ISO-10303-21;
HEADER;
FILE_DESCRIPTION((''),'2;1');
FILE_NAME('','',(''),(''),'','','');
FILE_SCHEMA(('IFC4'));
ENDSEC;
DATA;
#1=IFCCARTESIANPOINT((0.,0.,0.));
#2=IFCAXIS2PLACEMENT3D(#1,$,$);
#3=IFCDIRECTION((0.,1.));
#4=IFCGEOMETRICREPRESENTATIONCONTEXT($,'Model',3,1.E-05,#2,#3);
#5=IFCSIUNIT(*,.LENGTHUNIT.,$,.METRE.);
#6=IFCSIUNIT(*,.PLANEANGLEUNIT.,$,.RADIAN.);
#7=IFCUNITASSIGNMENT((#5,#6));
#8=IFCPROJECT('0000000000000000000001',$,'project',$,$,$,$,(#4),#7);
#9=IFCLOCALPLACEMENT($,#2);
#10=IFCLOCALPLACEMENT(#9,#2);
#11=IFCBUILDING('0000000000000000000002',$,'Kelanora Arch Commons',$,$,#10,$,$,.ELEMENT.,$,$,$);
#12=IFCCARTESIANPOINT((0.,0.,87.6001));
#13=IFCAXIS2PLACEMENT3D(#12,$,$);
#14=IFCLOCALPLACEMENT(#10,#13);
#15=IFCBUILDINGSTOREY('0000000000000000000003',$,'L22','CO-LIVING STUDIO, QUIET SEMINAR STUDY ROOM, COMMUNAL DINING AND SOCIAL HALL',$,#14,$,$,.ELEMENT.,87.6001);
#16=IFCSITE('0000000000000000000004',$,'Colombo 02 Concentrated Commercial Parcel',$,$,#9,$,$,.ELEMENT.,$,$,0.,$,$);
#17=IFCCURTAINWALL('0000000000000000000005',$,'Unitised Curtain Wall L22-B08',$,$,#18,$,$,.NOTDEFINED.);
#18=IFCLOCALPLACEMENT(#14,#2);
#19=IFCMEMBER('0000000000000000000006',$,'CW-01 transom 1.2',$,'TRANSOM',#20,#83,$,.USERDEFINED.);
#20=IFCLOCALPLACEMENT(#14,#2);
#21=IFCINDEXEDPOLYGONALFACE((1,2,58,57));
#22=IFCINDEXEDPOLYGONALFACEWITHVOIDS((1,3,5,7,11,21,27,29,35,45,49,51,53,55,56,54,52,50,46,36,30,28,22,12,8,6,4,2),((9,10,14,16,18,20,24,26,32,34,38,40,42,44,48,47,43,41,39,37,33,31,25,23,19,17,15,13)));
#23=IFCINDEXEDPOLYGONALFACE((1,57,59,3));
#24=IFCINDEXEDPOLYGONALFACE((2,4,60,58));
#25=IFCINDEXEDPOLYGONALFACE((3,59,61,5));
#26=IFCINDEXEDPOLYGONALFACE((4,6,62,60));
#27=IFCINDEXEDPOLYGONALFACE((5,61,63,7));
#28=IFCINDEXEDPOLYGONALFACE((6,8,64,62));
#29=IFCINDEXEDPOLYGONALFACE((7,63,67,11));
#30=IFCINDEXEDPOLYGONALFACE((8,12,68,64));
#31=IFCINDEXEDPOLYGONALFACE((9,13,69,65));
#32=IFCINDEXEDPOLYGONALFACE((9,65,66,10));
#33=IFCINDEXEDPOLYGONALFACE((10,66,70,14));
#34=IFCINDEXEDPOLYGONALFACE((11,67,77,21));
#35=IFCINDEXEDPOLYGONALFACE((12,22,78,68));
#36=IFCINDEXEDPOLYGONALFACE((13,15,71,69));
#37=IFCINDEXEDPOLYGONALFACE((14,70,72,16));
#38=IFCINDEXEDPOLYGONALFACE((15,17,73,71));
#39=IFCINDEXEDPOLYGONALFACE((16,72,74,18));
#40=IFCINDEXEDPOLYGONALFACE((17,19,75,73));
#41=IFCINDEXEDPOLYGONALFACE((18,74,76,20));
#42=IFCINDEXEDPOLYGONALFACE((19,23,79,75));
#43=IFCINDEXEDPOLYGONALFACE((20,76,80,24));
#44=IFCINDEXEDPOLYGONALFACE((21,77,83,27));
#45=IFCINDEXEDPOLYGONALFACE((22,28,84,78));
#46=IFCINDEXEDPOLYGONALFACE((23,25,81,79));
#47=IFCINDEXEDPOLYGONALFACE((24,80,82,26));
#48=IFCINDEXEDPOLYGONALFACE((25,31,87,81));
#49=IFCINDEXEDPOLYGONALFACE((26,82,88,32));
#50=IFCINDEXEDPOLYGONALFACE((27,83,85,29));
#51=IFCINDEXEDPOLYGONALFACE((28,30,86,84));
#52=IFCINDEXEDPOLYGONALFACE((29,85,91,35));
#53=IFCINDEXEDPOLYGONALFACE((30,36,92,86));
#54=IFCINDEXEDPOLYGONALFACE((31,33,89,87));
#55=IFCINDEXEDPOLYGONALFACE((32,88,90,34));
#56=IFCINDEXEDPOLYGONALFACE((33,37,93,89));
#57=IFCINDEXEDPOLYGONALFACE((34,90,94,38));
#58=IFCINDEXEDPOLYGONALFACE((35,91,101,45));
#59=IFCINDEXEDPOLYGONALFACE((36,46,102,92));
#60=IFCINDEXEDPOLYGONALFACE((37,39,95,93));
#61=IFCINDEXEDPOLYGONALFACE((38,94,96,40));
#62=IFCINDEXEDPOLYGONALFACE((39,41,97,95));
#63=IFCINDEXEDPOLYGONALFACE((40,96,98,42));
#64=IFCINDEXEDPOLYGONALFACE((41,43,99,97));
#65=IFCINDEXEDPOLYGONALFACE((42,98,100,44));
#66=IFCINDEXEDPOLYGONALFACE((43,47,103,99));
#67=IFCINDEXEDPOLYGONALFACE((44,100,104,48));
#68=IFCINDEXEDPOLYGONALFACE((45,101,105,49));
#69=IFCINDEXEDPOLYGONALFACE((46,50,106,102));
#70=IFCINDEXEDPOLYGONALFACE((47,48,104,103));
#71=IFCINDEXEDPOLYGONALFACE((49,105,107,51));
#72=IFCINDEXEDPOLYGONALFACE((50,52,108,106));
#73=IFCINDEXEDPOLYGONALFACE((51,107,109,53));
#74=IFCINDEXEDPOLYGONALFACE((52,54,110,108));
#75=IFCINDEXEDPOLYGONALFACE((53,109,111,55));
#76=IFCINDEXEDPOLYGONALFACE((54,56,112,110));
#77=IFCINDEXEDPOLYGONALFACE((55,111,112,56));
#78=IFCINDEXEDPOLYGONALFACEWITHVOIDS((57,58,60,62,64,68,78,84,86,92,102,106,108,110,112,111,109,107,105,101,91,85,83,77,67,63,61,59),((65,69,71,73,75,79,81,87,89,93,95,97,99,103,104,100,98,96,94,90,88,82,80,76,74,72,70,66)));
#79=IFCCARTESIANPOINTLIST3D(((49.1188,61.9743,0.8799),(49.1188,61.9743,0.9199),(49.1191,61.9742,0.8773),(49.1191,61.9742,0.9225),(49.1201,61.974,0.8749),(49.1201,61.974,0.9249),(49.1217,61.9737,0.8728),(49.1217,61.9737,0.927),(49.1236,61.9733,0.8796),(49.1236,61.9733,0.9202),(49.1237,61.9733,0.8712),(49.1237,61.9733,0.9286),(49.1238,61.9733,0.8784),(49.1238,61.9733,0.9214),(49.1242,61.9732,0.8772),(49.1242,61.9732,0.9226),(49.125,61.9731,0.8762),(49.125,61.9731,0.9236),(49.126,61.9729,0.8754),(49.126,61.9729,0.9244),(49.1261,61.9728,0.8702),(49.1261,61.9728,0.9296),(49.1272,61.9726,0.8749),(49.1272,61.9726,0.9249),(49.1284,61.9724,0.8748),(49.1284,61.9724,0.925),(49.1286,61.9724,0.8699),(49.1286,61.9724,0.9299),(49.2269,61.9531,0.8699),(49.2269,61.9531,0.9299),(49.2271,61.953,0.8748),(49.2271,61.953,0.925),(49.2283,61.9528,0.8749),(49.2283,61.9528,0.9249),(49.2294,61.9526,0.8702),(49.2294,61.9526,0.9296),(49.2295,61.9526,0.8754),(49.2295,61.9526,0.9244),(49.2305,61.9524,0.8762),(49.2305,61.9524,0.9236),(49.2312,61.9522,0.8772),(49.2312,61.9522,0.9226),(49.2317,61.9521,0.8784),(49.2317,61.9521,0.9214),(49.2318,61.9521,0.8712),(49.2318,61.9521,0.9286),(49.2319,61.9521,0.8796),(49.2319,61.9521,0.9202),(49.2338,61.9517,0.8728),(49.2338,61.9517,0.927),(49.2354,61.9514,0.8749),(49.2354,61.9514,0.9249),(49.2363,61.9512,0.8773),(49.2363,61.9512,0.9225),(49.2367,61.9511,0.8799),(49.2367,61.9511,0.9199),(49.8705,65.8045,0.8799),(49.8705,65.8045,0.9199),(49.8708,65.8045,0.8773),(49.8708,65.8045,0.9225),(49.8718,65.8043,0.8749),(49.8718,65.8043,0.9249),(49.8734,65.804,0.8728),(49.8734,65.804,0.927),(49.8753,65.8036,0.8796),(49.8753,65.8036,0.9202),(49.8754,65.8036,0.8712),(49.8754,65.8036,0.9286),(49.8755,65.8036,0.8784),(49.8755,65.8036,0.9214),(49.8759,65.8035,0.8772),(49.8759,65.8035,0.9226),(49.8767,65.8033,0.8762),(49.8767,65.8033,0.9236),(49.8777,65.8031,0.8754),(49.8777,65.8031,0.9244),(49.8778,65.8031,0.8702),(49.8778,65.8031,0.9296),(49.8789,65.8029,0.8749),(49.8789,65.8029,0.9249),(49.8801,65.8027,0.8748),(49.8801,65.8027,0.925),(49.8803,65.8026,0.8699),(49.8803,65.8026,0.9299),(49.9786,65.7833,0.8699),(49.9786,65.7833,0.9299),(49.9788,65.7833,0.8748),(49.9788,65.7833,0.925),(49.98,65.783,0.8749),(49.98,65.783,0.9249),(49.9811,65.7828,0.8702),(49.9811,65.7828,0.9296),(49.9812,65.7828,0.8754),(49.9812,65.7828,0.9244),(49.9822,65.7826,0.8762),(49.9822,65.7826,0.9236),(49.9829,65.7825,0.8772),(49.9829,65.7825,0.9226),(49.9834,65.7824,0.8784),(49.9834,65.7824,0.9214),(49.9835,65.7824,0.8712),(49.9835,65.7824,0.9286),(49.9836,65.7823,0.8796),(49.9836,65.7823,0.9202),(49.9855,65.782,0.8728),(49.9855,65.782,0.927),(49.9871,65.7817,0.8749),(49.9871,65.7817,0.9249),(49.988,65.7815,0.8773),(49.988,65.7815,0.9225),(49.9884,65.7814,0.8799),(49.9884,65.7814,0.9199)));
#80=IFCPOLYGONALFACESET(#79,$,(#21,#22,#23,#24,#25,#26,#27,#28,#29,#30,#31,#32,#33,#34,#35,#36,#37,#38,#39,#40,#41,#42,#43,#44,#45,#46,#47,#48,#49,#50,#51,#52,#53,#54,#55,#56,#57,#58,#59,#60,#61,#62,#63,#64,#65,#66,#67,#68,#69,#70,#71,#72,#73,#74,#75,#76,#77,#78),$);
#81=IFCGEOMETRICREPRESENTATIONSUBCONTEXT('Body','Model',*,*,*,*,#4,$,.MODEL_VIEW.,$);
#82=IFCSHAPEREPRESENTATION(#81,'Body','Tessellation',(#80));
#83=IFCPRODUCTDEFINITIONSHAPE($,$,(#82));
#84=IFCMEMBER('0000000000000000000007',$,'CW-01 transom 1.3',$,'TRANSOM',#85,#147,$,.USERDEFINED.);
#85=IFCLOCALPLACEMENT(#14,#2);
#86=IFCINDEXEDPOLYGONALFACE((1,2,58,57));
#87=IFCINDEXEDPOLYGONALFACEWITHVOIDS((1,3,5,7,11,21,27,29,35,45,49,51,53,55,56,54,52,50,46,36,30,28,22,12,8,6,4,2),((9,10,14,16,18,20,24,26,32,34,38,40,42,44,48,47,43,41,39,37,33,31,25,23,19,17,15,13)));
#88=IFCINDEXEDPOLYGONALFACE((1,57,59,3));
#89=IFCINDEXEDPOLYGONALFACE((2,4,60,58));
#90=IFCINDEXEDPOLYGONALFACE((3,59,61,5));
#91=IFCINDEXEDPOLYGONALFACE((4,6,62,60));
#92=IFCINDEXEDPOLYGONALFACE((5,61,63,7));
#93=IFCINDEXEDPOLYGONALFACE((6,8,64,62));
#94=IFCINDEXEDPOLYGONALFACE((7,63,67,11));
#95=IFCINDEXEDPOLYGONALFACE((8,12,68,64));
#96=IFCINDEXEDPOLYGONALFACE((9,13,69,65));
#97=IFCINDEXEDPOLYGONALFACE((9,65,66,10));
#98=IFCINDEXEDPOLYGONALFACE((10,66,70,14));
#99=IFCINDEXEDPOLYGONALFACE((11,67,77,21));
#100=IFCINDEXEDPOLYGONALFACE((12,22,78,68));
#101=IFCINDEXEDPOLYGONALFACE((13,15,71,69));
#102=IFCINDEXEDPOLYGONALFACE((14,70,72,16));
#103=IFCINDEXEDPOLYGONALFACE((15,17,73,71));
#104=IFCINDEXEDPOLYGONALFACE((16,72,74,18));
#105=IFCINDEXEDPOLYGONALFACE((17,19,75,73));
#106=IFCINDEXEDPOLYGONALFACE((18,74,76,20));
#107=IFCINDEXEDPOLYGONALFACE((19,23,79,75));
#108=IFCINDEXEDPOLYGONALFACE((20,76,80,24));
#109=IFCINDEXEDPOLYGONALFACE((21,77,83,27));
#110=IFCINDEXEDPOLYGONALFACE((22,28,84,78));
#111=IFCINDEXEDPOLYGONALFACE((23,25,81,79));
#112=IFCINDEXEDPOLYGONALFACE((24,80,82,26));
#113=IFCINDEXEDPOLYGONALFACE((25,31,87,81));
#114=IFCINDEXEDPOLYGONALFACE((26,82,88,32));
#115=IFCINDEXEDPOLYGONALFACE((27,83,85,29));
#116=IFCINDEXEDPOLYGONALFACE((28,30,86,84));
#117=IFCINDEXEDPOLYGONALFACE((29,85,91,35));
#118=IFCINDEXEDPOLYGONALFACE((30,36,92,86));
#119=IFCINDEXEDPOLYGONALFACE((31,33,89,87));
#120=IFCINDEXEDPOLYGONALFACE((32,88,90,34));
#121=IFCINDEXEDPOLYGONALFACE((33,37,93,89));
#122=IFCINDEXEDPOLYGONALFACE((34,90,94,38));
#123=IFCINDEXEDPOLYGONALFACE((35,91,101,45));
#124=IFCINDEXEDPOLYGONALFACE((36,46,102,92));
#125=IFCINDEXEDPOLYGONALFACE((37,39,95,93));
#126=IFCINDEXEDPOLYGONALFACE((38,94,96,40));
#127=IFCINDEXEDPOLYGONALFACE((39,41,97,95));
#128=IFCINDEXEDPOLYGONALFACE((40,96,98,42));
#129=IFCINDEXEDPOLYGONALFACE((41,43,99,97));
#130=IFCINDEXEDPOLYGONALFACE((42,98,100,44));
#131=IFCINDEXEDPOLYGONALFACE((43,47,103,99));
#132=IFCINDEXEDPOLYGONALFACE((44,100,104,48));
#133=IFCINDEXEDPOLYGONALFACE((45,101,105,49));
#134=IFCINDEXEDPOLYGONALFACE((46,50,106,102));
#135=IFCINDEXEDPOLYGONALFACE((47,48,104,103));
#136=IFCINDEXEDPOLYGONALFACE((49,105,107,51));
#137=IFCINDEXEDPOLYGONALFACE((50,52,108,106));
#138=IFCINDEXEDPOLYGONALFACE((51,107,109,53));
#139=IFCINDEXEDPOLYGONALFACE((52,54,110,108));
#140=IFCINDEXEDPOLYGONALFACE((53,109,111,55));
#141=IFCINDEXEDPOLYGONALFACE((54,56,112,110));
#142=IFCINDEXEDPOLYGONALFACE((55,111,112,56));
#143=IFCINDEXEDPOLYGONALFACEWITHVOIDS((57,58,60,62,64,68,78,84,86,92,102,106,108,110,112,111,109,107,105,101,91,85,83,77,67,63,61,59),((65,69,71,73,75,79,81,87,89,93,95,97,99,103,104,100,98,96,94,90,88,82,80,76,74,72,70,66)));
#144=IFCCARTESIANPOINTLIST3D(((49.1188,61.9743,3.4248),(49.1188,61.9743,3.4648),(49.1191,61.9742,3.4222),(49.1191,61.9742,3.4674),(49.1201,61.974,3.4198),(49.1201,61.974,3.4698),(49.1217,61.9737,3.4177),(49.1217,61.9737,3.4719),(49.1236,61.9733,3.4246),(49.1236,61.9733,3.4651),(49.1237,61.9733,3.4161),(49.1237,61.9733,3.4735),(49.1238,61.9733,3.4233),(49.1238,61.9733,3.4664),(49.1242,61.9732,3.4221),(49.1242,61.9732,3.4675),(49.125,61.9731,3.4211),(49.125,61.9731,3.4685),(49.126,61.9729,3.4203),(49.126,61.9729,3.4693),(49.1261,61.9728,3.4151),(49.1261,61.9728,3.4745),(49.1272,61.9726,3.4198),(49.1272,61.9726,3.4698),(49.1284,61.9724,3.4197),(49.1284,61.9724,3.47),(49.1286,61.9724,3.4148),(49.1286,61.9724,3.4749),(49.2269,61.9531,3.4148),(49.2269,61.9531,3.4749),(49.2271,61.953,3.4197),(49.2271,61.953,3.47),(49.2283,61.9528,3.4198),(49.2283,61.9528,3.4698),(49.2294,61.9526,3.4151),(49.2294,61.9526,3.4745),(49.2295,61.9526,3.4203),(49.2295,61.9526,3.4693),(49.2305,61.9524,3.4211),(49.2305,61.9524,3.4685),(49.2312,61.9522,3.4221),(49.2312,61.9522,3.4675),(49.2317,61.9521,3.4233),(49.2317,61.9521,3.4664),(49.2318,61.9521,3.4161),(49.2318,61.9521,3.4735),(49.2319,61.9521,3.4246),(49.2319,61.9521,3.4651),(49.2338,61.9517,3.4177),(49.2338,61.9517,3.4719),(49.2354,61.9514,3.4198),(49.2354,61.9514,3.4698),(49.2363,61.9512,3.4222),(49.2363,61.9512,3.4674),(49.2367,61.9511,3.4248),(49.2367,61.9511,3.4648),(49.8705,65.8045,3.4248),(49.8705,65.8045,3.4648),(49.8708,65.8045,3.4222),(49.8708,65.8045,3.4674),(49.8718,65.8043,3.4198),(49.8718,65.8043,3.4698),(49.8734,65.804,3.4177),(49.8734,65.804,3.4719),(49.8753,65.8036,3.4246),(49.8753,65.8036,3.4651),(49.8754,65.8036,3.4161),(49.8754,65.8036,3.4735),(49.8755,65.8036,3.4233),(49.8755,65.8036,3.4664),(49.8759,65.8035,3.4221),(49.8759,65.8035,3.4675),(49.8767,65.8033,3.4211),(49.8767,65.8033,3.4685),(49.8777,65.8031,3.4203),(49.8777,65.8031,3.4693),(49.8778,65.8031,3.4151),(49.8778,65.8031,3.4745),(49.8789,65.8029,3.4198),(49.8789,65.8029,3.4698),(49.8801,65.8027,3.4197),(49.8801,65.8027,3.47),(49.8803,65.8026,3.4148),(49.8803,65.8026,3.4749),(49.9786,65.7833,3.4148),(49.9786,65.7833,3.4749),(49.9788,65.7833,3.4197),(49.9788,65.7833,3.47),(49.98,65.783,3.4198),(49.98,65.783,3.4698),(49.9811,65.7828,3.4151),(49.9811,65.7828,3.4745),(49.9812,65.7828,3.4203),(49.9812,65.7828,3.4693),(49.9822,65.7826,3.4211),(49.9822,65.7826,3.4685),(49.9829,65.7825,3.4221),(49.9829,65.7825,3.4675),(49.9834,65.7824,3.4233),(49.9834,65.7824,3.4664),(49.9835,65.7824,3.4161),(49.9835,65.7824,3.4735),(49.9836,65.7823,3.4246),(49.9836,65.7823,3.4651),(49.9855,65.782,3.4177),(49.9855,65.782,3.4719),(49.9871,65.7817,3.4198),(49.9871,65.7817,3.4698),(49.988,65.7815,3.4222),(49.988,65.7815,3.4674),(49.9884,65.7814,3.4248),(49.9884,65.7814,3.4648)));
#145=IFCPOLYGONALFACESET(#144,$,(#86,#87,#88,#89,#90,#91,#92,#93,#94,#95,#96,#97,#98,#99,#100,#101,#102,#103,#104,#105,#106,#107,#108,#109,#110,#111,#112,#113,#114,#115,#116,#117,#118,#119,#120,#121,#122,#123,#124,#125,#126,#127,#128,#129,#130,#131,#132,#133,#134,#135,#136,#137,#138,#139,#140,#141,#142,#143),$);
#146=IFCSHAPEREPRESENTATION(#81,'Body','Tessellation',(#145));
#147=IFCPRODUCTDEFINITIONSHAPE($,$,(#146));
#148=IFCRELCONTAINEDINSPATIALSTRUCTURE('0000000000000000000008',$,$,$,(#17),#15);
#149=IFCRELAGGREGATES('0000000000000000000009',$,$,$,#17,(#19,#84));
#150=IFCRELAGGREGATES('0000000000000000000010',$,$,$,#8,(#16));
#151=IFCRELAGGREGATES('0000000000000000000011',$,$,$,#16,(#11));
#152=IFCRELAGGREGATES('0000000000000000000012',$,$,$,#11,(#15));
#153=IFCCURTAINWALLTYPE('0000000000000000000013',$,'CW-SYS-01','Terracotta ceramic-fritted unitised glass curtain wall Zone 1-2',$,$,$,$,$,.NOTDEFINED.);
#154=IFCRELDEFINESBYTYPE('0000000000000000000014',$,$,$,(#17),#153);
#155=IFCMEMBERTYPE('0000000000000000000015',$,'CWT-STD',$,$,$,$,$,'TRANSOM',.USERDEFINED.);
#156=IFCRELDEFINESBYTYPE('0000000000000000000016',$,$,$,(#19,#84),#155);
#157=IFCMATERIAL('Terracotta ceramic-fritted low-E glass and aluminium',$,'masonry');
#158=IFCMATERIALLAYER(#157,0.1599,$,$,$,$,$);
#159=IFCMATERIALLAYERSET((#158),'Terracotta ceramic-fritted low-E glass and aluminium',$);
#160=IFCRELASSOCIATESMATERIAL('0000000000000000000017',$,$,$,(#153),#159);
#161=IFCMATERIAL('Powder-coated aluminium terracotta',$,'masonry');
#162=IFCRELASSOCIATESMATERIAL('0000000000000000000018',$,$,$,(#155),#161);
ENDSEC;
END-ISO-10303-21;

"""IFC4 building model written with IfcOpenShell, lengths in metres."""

from ifc_helpers import new_model, si_unit, direction, frame, origin, origin_2d, place, context, subcontext, project, spatial, hollow_rectangle, extrude, material, layer, layer_set, material_profile, profile_set, type_object, element, aggregate, save


model = new_model("IFC4")

# Units and contexts
model_context = context("Model", 3, precision=1e-05, world=origin(), true_north=direction((0.0, 1.0)))
body_context = subcontext(model_context, "Body", "Model", "MODEL_VIEW")
ifc_project = project(units=[si_unit("LENGTHUNIT", "METRE"), si_unit("PLANEANGLEUNIT", "RADIAN")], contexts=[model_context])

# Site, building, storey
site_placement = place(None, origin())
site = spatial("IfcSite", under=ifc_project, at=site_placement, Name="Colombo 02 Concentrated Commercial Parcel", CompositionType="ELEMENT", RefElevation=0.0)
building_placement = place(site_placement, origin())
building = spatial("IfcBuilding", under=site, at=building_placement, Name="Kelanora Arch Commons", CompositionType="ELEMENT")
storey_placement = place(building_placement, frame((0.0, 0.0, 87.6001)))
storey = spatial("IfcBuildingStorey", under=building, at=storey_placement, Name="L22", Description="CO-LIVING STUDIO, QUIET SEMINAR STUDY ROOM, COMMUNAL DINING AND SOCIAL HALL", CompositionType="ELEMENT", Elevation=87.6001)

# Curtain wall, members
ifc_material_1 = material(Name="Terracotta ceramic-fritted low-E glass and aluminium", Category="masonry")
ifc_layer_1 = layer(ifc_material_1, 0.1599)
ifc_layer_set_1 = layer_set([ifc_layer_1], Name="Terracotta ceramic-fritted low-E glass and aluminium")
curtain_wall_type = type_object("IfcCurtainWallType", Name="CW-SYS-01", Description="Terracotta ceramic-fritted unitised glass curtain wall Zone 1-2", PredefinedType="NOTDEFINED", material=ifc_layer_set_1)
curtain_wall_placement = place(storey_placement, origin())
curtain_wall = element("IfcCurtainWall", 1, at=curtain_wall_placement, inside=storey, type_object=curtain_wall_type, Name="Unitised Curtain Wall L22-B08", PredefinedType="NOTDEFINED")
ifc_material_2 = material(Name="Powder-coated aluminium terracotta", Category="masonry")
ifc_material_profile_1 = material_profile(ifc_material_2, hollow_rectangle(XDim=0.1201, YDim=0.0601, WallThickness=0.0049, InnerFilletRadius=0.0049, OuterFilletRadius=0.01, at=origin_2d()), Name="CWT120x60")
ifc_profile_set_1 = profile_set([ifc_material_profile_1], Name="Powder-coated aluminium terracotta")
member_type_1 = type_object("IfcMemberType", Name="CWT-STD", ElementType="TRANSOM", PredefinedType="USERDEFINED", material=ifc_profile_set_1)
member_1_placement = place(storey_placement, frame((49.9294, 65.793, 0.8999), z_axis=(-0.192579, -0.981282, 0.0), x_axis=(0.981282, -0.192579, 0.0)))
member_1 = element("IfcMember", 2, at=member_1_placement, type_object=member_type_1, Name="CW-01 transom 1.2", ObjectType="TRANSOM", PredefinedType="USERDEFINED", context=body_context, shape_type="SweptSolid", body=[
    extrude(hollow_rectangle(XDim=0.1201, YDim=0.0601, WallThickness=0.0049, InnerFilletRadius=0.0049, OuterFilletRadius=0.01, at=origin_2d()), origin(), (0.0, 0.0, 1.0), 3.9033),
])
member_2_placement = place(storey_placement, frame((49.9294, 65.793, 3.4448), z_axis=(-0.192579, -0.981282, 0.0), x_axis=(0.981282, -0.192579, 0.0)))
member_2 = element("IfcMember", 3, at=member_2_placement, type_object=member_type_1, Name="CW-01 transom 1.3", ObjectType="TRANSOM", PredefinedType="USERDEFINED", context=body_context, shape_type="SweptSolid", body=[
    extrude(hollow_rectangle(XDim=0.1201, YDim=0.0601, WallThickness=0.0049, InnerFilletRadius=0.0049, OuterFilletRadius=0.01, at=origin_2d()), origin(), (0.0, 0.0, 1.0), 3.9033),
])
aggregate(curtain_wall, [member_1, member_2])

save(model, "model.ifc")
